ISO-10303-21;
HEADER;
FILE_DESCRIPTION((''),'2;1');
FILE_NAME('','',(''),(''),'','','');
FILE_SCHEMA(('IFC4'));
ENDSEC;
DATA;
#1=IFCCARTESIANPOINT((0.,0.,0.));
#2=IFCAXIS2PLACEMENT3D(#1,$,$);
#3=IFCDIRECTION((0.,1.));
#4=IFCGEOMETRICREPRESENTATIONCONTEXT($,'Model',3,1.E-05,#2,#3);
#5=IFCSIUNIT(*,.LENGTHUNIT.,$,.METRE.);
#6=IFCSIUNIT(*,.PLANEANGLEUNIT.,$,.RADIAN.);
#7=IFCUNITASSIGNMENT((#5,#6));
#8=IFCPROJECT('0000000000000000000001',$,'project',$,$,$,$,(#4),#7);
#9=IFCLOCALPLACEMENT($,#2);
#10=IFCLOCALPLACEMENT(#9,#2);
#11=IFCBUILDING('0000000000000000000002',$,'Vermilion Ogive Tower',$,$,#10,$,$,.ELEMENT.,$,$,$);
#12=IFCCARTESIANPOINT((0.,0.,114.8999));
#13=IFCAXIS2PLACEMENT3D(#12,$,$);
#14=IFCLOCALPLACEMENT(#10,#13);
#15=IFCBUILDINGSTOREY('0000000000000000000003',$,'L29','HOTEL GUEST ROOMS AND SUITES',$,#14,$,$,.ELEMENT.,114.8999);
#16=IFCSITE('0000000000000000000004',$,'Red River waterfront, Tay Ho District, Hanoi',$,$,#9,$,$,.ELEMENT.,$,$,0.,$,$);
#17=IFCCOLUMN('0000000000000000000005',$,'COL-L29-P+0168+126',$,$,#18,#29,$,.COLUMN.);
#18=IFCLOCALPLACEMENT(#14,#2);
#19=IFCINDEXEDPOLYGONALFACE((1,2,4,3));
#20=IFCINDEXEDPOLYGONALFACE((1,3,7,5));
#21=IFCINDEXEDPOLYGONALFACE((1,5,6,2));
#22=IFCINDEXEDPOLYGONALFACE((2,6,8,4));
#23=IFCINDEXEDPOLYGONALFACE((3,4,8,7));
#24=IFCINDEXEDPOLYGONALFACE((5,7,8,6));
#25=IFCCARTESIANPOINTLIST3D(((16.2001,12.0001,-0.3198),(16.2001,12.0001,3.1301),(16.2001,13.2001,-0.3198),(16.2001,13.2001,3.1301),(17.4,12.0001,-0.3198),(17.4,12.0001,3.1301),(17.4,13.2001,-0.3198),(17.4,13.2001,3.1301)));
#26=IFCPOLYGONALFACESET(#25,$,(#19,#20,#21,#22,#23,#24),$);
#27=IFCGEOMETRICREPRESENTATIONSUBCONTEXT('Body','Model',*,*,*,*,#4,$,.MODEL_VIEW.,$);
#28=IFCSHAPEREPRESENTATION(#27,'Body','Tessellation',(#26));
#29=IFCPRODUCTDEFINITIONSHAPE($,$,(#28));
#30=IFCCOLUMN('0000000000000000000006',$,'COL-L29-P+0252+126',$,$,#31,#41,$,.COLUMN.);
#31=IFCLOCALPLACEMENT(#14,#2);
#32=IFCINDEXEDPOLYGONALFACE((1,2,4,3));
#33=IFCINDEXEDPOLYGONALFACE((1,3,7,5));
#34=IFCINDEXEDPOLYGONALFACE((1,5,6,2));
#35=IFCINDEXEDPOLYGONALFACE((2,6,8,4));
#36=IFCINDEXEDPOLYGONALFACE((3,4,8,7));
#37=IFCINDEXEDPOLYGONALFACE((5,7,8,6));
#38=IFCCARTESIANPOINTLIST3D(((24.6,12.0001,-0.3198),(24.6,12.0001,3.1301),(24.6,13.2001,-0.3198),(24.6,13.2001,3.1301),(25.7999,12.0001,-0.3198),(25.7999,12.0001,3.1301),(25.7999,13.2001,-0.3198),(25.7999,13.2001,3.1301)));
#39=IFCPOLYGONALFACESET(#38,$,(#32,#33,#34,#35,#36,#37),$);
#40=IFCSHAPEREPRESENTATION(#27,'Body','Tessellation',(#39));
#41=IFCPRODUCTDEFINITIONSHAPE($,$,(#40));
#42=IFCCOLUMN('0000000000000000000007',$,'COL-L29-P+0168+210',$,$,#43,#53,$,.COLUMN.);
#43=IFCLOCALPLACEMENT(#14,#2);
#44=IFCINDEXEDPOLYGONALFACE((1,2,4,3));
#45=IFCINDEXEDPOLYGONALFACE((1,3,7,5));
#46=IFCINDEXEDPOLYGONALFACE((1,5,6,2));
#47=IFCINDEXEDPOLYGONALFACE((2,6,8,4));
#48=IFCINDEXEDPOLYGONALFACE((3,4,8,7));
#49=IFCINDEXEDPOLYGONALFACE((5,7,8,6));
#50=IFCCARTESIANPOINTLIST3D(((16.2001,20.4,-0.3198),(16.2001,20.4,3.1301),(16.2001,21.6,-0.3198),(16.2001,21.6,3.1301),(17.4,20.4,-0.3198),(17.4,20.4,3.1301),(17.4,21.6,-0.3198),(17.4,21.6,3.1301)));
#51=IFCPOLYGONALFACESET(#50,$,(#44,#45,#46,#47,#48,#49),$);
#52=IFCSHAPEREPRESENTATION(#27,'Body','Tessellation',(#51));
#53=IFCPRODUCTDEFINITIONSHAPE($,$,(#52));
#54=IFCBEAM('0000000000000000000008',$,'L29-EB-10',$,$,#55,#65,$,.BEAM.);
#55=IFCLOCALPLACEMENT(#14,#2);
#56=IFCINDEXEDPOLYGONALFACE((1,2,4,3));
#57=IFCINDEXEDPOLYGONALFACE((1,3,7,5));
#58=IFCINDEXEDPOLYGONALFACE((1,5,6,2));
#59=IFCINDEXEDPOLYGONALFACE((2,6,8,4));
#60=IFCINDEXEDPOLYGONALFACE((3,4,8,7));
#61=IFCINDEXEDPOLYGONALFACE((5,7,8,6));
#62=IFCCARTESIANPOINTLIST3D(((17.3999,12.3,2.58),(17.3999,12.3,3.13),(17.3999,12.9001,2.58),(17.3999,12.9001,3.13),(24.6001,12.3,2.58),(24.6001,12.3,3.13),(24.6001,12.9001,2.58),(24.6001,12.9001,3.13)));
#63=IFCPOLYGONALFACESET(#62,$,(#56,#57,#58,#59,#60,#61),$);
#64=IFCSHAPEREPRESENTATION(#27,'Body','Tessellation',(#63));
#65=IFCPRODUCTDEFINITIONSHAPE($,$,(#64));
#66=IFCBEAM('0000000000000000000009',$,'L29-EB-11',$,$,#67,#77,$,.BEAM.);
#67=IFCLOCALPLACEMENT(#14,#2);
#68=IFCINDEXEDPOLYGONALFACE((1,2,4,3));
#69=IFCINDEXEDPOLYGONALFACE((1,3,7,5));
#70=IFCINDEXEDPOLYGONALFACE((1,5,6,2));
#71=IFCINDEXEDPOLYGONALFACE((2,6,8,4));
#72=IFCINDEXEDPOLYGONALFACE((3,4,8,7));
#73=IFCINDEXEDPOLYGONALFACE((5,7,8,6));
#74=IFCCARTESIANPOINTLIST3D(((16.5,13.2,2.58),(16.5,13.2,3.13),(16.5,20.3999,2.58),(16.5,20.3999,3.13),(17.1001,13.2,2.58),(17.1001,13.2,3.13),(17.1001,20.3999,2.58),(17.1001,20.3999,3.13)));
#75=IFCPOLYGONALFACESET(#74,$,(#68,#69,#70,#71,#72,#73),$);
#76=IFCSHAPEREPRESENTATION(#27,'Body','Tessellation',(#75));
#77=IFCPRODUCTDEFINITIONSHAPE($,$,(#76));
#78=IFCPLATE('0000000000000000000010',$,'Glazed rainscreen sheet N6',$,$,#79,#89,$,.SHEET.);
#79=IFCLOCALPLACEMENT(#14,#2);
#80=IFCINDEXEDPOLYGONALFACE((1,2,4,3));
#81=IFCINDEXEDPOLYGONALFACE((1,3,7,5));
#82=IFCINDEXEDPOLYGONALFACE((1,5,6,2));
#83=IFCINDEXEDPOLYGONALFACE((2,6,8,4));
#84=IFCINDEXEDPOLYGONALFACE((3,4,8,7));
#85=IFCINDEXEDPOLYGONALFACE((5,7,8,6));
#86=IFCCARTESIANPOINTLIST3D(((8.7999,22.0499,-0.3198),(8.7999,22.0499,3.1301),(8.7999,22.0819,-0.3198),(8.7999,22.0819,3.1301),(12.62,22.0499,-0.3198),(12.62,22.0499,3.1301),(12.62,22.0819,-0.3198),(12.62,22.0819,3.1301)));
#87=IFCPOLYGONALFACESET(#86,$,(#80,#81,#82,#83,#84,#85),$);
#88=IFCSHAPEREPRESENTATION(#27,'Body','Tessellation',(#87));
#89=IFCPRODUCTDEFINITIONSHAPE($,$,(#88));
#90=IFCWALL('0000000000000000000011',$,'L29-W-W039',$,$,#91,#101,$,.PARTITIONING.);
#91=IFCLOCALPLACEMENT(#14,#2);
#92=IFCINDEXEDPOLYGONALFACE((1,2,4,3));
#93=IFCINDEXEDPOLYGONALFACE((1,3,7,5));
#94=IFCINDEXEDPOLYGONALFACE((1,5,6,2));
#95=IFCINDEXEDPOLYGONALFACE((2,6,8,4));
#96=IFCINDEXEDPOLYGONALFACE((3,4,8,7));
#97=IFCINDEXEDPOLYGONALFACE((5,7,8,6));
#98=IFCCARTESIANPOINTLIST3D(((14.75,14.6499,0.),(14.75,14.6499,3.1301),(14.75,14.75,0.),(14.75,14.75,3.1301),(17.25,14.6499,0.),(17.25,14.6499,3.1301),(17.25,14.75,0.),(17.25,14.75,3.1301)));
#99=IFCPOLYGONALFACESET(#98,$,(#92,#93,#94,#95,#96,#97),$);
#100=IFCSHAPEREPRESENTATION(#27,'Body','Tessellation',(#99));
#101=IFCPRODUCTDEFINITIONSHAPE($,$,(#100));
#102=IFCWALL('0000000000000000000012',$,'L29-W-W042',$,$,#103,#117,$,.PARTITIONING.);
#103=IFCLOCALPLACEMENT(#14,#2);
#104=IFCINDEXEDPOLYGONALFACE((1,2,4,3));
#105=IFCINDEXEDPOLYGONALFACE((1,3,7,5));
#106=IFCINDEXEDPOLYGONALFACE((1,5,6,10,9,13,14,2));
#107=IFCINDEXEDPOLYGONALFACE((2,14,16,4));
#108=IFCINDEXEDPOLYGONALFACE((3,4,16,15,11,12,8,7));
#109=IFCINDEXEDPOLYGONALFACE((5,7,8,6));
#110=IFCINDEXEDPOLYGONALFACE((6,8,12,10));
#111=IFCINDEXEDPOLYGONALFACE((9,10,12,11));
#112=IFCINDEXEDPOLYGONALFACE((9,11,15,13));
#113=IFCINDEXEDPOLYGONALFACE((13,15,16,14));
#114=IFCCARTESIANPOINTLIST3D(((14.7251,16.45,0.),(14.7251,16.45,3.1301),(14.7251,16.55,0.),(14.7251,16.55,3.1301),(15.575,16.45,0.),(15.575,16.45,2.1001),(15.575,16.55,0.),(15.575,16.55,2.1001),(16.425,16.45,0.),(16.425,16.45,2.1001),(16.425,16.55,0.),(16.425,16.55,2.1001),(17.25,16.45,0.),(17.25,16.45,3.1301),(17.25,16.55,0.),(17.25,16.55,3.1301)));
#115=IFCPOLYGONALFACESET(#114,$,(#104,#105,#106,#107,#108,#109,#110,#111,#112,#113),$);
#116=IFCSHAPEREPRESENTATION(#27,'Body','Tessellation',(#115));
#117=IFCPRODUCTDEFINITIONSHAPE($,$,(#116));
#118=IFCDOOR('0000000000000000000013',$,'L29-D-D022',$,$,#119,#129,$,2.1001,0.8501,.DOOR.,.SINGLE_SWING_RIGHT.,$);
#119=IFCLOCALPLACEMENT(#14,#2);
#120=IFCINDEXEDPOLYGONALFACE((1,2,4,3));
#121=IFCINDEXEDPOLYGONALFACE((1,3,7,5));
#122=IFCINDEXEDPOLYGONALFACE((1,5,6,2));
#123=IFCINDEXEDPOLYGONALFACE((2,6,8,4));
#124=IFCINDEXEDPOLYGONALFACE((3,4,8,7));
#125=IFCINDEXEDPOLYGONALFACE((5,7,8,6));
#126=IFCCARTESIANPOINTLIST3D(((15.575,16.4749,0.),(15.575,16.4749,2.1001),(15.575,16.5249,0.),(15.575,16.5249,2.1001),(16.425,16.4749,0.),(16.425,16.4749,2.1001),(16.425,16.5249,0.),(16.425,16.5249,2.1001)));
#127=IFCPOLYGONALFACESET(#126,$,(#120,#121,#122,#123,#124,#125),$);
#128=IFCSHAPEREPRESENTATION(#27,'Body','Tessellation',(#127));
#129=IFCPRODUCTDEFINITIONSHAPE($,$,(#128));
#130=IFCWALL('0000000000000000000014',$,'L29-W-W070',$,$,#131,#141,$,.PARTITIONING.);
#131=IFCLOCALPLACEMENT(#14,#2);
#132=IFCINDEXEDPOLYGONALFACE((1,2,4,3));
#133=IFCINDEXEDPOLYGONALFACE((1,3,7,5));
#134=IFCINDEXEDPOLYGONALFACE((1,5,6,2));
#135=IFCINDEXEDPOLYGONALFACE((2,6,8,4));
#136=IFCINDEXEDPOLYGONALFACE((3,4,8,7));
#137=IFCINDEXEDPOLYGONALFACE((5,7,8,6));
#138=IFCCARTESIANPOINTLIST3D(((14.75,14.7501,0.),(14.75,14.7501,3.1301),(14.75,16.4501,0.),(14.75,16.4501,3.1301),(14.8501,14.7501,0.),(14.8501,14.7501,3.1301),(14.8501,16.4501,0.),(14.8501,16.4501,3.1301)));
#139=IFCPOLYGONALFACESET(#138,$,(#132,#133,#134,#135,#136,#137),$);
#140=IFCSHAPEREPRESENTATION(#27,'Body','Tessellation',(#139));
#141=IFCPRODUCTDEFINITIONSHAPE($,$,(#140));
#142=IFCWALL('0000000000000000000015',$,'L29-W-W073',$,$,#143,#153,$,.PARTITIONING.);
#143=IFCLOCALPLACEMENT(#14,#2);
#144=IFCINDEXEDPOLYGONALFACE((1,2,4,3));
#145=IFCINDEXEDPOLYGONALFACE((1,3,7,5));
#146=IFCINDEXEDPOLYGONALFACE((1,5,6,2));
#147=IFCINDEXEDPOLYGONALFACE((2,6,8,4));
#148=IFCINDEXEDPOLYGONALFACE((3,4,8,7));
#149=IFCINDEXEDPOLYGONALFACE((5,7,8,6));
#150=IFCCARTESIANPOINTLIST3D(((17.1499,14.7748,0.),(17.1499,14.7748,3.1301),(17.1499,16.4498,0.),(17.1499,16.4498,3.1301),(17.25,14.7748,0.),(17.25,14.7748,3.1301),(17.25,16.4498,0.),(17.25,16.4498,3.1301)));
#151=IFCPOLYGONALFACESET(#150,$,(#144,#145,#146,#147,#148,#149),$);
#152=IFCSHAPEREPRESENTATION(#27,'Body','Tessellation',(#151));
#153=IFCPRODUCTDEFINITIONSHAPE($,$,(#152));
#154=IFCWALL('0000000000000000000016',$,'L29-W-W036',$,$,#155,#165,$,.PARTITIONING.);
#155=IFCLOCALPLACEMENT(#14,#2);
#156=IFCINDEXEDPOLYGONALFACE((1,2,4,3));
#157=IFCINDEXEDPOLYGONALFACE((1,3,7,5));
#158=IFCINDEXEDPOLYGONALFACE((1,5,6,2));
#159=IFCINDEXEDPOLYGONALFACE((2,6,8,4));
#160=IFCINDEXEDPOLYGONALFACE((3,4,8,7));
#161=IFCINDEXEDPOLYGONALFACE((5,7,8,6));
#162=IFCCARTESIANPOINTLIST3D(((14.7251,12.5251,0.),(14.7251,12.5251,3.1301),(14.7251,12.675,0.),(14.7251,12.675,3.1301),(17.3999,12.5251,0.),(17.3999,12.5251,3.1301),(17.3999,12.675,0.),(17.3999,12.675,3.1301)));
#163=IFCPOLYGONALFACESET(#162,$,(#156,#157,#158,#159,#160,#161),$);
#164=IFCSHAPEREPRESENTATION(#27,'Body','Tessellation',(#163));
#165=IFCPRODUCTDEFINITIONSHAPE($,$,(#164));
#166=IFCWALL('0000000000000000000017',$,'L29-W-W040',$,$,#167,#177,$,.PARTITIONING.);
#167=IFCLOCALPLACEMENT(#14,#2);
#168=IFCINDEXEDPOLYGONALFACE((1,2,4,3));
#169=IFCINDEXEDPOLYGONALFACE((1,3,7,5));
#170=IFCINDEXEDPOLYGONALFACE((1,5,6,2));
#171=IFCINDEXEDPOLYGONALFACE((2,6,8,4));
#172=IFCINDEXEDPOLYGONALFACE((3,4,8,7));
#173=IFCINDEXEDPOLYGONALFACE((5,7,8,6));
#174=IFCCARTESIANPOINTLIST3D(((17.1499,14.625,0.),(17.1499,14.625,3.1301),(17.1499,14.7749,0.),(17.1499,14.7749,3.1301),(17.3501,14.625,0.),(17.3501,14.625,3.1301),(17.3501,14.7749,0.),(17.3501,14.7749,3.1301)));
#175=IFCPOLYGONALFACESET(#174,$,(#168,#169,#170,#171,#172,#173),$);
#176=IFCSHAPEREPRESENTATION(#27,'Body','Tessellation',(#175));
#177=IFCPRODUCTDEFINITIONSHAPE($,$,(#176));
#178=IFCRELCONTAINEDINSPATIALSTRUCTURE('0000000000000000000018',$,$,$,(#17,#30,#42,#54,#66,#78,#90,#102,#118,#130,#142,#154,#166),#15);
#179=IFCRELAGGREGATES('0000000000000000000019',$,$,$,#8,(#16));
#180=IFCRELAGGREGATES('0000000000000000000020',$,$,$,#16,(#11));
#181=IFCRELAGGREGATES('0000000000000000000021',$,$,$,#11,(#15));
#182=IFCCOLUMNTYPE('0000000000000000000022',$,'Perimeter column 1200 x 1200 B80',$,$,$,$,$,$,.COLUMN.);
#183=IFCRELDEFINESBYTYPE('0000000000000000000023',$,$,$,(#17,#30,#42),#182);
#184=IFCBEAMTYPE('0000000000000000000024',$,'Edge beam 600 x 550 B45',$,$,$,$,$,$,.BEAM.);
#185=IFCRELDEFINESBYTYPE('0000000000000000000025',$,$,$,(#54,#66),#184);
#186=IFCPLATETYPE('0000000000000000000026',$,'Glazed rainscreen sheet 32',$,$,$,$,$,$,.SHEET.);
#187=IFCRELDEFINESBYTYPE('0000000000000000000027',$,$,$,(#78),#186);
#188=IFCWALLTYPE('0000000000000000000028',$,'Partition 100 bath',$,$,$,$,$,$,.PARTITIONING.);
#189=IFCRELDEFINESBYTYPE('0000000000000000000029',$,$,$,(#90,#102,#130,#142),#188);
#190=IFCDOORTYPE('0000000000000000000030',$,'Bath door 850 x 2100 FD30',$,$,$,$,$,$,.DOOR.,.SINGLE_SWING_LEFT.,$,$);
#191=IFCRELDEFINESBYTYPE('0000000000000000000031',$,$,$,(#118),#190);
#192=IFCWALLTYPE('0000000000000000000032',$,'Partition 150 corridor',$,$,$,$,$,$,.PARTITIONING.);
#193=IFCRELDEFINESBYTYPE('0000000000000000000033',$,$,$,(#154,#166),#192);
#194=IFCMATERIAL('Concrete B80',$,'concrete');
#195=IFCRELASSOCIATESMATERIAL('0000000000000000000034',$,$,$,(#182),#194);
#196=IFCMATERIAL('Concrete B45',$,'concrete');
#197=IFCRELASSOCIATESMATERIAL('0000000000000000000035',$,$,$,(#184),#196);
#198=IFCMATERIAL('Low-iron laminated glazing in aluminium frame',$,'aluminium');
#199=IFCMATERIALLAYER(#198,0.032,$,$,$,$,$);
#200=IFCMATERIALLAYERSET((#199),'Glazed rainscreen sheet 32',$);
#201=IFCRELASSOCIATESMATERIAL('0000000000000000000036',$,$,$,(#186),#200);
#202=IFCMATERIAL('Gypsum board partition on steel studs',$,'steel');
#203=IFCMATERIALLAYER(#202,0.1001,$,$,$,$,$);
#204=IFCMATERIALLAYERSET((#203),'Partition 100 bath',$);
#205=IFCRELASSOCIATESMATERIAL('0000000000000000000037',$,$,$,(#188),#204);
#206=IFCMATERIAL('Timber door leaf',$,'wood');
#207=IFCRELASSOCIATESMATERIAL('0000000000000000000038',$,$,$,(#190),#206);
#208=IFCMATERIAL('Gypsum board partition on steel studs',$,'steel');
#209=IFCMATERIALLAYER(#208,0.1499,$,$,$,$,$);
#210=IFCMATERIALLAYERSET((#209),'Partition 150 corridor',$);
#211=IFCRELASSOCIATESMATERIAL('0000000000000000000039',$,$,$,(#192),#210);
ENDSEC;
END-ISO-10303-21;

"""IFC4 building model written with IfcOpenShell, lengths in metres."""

from ifc_helpers import new_model, si_unit, direction, frame, frame_2d, origin, origin_2d, place, context, subcontext, project, spatial, rectangle, extrude, material, layer, layer_set, material_profile, profile_set, type_object, element, fill, save


model = new_model("IFC4")

# Units and contexts
model_context = context("Model", 3, precision=1e-05, world=origin(), true_north=direction((0.0, 1.0)))
body_context = subcontext(model_context, "Body", "Model", "MODEL_VIEW")
ifc_project = project(units=[si_unit("LENGTHUNIT", "METRE"), si_unit("PLANEANGLEUNIT", "RADIAN")], contexts=[model_context])

# Site, building, storey
site_placement = place(None, origin())
site = spatial("IfcSite", under=ifc_project, at=site_placement, Name="Red River waterfront, Tay Ho District, Hanoi", CompositionType="ELEMENT", RefElevation=0.0)
building_placement = place(site_placement, origin())
building = spatial("IfcBuilding", under=site, at=building_placement, Name="Vermilion Ogive Tower", CompositionType="ELEMENT")
storey_placement = place(building_placement, frame((0.0, 0.0, 114.8999)))
storey = spatial("IfcBuildingStorey", under=building, at=storey_placement, Name="L29", Description="HOTEL GUEST ROOMS AND SUITES", CompositionType="ELEMENT", Elevation=114.8999)

# Columns
ifc_material_1 = material(Name="Concrete B80", Category="concrete")
ifc_material_profile_1 = material_profile(ifc_material_1, rectangle(XDim=1.2, YDim=1.2, at=origin_2d()), Name="1200 x 1200")
ifc_profile_set_1 = profile_set([ifc_material_profile_1], Name="Concrete B80")
column_type = type_object("IfcColumnType", Name="Perimeter column 1200 x 1200 B80", PredefinedType="COLUMN", material=ifc_profile_set_1)
for number, where, z_axis, x_axis, name in (
    (1, (16.8, 12.6001, -0.3198), (0.0, 0.0, 1.0), (1.0, 0.0, 0.0), "COL-L29-P+0168+126"),
    (2, (25.2, 12.6001, -0.3198), (0.0, 0.0, 1.0), (1.0, 0.0, 0.0), "COL-L29-P+0252+126"),
    (3, (16.8, 21.0, -0.3198), (0.0, 0.0, 1.0), (1.0, 0.0, 0.0), "COL-L29-P+0168+210"),
):
    element("IfcColumn", number, at=place(storey_placement, frame(where, z_axis=z_axis, x_axis=x_axis)), inside=storey, type_object=column_type, Name=name, PredefinedType="COLUMN", context=body_context, shape_type="SweptSolid", body=[
        extrude(rectangle(XDim=1.2, YDim=1.2, at=origin_2d()), origin(), (0.0, 0.0, 1.0), 3.45),
    ])

# Beams
ifc_material_2 = material(Name="Concrete B45", Category="concrete")
ifc_material_profile_2 = material_profile(ifc_material_2, rectangle(XDim=0.6001, YDim=0.55, at=origin_2d()), Name="600 x 550")
ifc_profile_set_2 = profile_set([ifc_material_profile_2], Name="Concrete B45")
beam_type = type_object("IfcBeamType", Name="Edge beam 600 x 550 B45", PredefinedType="BEAM", material=ifc_profile_set_2)
beam_1_placement = place(storey_placement, frame((24.6001, 12.6001, 2.855), z_axis=(-1.0, 0.0, 0.0), x_axis=(0.0, -1.0, 0.0)))
element("IfcBeam", 4, at=beam_1_placement, inside=storey, type_object=beam_type, Name="L29-EB-10", PredefinedType="BEAM", context=body_context, shape_type="SweptSolid", body=[
    extrude(rectangle(XDim=0.6001, YDim=0.55, at=origin_2d()), origin(), (0.0, 0.0, 1.0), 7.2002),
])
beam_2_placement = place(storey_placement, frame((16.8, 13.2, 2.855), z_axis=(0.0, 1.0, 0.0), x_axis=(-1.0, 0.0, 0.0)))
element("IfcBeam", 5, at=beam_2_placement, inside=storey, type_object=beam_type, Name="L29-EB-11", PredefinedType="BEAM", context=body_context, shape_type="SweptSolid", body=[
    extrude(rectangle(XDim=0.6001, YDim=0.55, at=origin_2d()), origin(), (0.0, 0.0, 1.0), 7.2),
])

# Plate
ifc_material_3 = material(Name="Low-iron laminated glazing in aluminium frame", Category="aluminium")
ifc_layer_1 = layer(ifc_material_3, 0.032)
ifc_layer_set_1 = layer_set([ifc_layer_1], Name="Glazed rainscreen sheet 32")
plate_type = type_object("IfcPlateType", Name="Glazed rainscreen sheet 32", PredefinedType="SHEET", material=ifc_layer_set_1)
plate_placement = place(storey_placement, frame((10.71, 22.0659, -0.3198), z_axis=(0.0, 0.0, 1.0), x_axis=(1.0, 0.0, 0.0)))
element("IfcPlate", 6, at=plate_placement, inside=storey, type_object=plate_type, Name="Glazed rainscreen sheet N6", PredefinedType="SHEET", context=body_context, shape_type="SweptSolid", body=[
    extrude(rectangle(XDim=3.8201, YDim=0.032, at=origin_2d()), origin(), (0.0, 0.0, 1.0), 3.45),
])

# Wall
ifc_material_4 = material(Name="Gypsum board partition on steel studs", Category="steel")
ifc_layer_2 = layer(ifc_material_4, 0.1001)
ifc_layer_set_2 = layer_set([ifc_layer_2], Name="Partition 100 bath")
wall_type_1 = type_object("IfcWallType", Name="Partition 100 bath", PredefinedType="PARTITIONING", material=ifc_layer_set_2)
wall_1_placement = place(storey_placement, frame((14.75, 14.7, 0.0), z_axis=(0.0, 0.0, 1.0), x_axis=(1.0, 0.0, 0.0)))
element("IfcWall", 7, at=wall_1_placement, inside=storey, type_object=wall_type_1, Name="L29-W-W039", PredefinedType="PARTITIONING", context=body_context, shape_type="SweptSolid", body=[
    extrude(rectangle(XDim=2.5, YDim=0.1001, at=frame_2d((1.25, 0.0))), origin(), (0.0, 0.0, 1.0), 3.1301),
])

# Wall, opening, door
wall_2_placement = place(storey_placement, frame((14.7251, 16.5, 0.0), z_axis=(0.0, 0.0, 1.0), x_axis=(1.0, 0.0, 0.0)))
wall_2 = element("IfcWall", 8, at=wall_2_placement, inside=storey, type_object=wall_type_1, Name="L29-W-W042", PredefinedType="PARTITIONING", context=body_context, shape_type="SweptSolid", body=[
    extrude(rectangle(XDim=2.5249, YDim=0.1001, at=frame_2d((1.2625, 0.0))), origin(), (0.0, 0.0, 1.0), 3.1301),
])
opening_1_placement = place(wall_2_placement, frame((0.8499, 0.0, 0.0)))
opening_1 = element("IfcOpeningElement", 9, at=opening_1_placement, cuts=wall_2, PredefinedType="OPENING", context=body_context, shape_type="SweptSolid", body=[
    extrude(rectangle(XDim=0.8501, YDim=2.1001, at=frame_2d((0.425, 1.05))), frame((0.0, 0.0601, 0.0), z_axis=(0.0, -1.0, 0.0), x_axis=(1.0, 0.0, 0.0)), (0.0, 0.0, 1.0), 0.1201),
])
ifc_material_5 = material(Name="Timber door leaf", Category="wood")
door_type_1 = type_object("IfcDoorType", Name="Bath door 850 x 2100 FD30", OperationType="SINGLE_SWING_LEFT", PredefinedType="DOOR", material=ifc_material_5)
door_1_placement = place(opening_1_placement, origin())
door_1 = element("IfcDoor", 10, at=door_1_placement, inside=storey, type_object=door_type_1, Name="L29-D-D022", OperationType="SINGLE_SWING_RIGHT", OverallHeight=2.1001, OverallWidth=0.8501, PredefinedType="DOOR", context=body_context, shape_type="SweptSolid", body=[
    extrude(rectangle(XDim=0.8501, YDim=2.1001, at=frame_2d((0.425, 1.05))), frame((0.0, 0.0249, 0.0), z_axis=(0.0, -1.0, 0.0), x_axis=(1.0, 0.0, 0.0)), (0.0, 0.0, 1.0), 0.05),
])
fill(opening_1, door_1)

# Walls
wall_3_placement = place(storey_placement, frame((14.8, 14.75, 0.0), z_axis=(0.0, 0.0, 1.0), x_axis=(0.0, 1.0, 0.0)))
element("IfcWall", 11, at=wall_3_placement, inside=storey, type_object=wall_type_1, Name="L29-W-W070", PredefinedType="PARTITIONING", context=body_context, shape_type="SweptSolid", body=[
    extrude(rectangle(XDim=1.7, YDim=0.1001, at=frame_2d((0.8501, 0.0))), origin(), (0.0, 0.0, 1.0), 3.1301),
])
wall_4_placement = place(storey_placement, frame((17.2, 14.7749, 0.0), z_axis=(0.0, 0.0, 1.0), x_axis=(0.0, 1.0, 0.0)))
element("IfcWall", 12, at=wall_4_placement, inside=storey, type_object=wall_type_1, Name="L29-W-W073", PredefinedType="PARTITIONING", context=body_context, shape_type="SweptSolid", body=[
    extrude(rectangle(XDim=1.675, YDim=0.1001, at=frame_2d((0.8374, 0.0))), origin(), (0.0, 0.0, 1.0), 3.1301),
])
ifc_material_6 = material(Name="Gypsum board partition on steel studs", Category="steel")
ifc_layer_3 = layer(ifc_material_6, 0.1499)
ifc_layer_set_3 = layer_set([ifc_layer_3], Name="Partition 150 corridor")
wall_type_2 = type_object("IfcWallType", Name="Partition 150 corridor", PredefinedType="PARTITIONING", material=ifc_layer_set_3)
wall_5_placement = place(storey_placement, frame((14.7251, 12.6001, 0.0), z_axis=(0.0, 0.0, 1.0), x_axis=(1.0, 0.0, 0.0)))
element("IfcWall", 13, at=wall_5_placement, inside=storey, type_object=wall_type_2, Name="L29-W-W036", PredefinedType="PARTITIONING", context=body_context, shape_type="SweptSolid", body=[
    extrude(rectangle(XDim=2.6748, YDim=0.1499, at=frame_2d((1.3374, 0.0))), origin(), (0.0, 0.0, 1.0), 3.1301),
])
wall_6_placement = place(storey_placement, frame((17.1499, 14.7, 0.0), z_axis=(0.0, 0.0, 1.0), x_axis=(1.0, 0.0, 0.0)))
element("IfcWall", 14, at=wall_6_placement, inside=storey, type_object=wall_type_2, Name="L29-W-W040", PredefinedType="PARTITIONING", context=body_context, shape_type="SweptSolid", body=[
    extrude(rectangle(XDim=0.2002, YDim=0.1499, at=frame_2d((0.1001, 0.0))), origin(), (0.0, 0.0, 1.0), 3.1301),
])

save(model, "model.ifc")
